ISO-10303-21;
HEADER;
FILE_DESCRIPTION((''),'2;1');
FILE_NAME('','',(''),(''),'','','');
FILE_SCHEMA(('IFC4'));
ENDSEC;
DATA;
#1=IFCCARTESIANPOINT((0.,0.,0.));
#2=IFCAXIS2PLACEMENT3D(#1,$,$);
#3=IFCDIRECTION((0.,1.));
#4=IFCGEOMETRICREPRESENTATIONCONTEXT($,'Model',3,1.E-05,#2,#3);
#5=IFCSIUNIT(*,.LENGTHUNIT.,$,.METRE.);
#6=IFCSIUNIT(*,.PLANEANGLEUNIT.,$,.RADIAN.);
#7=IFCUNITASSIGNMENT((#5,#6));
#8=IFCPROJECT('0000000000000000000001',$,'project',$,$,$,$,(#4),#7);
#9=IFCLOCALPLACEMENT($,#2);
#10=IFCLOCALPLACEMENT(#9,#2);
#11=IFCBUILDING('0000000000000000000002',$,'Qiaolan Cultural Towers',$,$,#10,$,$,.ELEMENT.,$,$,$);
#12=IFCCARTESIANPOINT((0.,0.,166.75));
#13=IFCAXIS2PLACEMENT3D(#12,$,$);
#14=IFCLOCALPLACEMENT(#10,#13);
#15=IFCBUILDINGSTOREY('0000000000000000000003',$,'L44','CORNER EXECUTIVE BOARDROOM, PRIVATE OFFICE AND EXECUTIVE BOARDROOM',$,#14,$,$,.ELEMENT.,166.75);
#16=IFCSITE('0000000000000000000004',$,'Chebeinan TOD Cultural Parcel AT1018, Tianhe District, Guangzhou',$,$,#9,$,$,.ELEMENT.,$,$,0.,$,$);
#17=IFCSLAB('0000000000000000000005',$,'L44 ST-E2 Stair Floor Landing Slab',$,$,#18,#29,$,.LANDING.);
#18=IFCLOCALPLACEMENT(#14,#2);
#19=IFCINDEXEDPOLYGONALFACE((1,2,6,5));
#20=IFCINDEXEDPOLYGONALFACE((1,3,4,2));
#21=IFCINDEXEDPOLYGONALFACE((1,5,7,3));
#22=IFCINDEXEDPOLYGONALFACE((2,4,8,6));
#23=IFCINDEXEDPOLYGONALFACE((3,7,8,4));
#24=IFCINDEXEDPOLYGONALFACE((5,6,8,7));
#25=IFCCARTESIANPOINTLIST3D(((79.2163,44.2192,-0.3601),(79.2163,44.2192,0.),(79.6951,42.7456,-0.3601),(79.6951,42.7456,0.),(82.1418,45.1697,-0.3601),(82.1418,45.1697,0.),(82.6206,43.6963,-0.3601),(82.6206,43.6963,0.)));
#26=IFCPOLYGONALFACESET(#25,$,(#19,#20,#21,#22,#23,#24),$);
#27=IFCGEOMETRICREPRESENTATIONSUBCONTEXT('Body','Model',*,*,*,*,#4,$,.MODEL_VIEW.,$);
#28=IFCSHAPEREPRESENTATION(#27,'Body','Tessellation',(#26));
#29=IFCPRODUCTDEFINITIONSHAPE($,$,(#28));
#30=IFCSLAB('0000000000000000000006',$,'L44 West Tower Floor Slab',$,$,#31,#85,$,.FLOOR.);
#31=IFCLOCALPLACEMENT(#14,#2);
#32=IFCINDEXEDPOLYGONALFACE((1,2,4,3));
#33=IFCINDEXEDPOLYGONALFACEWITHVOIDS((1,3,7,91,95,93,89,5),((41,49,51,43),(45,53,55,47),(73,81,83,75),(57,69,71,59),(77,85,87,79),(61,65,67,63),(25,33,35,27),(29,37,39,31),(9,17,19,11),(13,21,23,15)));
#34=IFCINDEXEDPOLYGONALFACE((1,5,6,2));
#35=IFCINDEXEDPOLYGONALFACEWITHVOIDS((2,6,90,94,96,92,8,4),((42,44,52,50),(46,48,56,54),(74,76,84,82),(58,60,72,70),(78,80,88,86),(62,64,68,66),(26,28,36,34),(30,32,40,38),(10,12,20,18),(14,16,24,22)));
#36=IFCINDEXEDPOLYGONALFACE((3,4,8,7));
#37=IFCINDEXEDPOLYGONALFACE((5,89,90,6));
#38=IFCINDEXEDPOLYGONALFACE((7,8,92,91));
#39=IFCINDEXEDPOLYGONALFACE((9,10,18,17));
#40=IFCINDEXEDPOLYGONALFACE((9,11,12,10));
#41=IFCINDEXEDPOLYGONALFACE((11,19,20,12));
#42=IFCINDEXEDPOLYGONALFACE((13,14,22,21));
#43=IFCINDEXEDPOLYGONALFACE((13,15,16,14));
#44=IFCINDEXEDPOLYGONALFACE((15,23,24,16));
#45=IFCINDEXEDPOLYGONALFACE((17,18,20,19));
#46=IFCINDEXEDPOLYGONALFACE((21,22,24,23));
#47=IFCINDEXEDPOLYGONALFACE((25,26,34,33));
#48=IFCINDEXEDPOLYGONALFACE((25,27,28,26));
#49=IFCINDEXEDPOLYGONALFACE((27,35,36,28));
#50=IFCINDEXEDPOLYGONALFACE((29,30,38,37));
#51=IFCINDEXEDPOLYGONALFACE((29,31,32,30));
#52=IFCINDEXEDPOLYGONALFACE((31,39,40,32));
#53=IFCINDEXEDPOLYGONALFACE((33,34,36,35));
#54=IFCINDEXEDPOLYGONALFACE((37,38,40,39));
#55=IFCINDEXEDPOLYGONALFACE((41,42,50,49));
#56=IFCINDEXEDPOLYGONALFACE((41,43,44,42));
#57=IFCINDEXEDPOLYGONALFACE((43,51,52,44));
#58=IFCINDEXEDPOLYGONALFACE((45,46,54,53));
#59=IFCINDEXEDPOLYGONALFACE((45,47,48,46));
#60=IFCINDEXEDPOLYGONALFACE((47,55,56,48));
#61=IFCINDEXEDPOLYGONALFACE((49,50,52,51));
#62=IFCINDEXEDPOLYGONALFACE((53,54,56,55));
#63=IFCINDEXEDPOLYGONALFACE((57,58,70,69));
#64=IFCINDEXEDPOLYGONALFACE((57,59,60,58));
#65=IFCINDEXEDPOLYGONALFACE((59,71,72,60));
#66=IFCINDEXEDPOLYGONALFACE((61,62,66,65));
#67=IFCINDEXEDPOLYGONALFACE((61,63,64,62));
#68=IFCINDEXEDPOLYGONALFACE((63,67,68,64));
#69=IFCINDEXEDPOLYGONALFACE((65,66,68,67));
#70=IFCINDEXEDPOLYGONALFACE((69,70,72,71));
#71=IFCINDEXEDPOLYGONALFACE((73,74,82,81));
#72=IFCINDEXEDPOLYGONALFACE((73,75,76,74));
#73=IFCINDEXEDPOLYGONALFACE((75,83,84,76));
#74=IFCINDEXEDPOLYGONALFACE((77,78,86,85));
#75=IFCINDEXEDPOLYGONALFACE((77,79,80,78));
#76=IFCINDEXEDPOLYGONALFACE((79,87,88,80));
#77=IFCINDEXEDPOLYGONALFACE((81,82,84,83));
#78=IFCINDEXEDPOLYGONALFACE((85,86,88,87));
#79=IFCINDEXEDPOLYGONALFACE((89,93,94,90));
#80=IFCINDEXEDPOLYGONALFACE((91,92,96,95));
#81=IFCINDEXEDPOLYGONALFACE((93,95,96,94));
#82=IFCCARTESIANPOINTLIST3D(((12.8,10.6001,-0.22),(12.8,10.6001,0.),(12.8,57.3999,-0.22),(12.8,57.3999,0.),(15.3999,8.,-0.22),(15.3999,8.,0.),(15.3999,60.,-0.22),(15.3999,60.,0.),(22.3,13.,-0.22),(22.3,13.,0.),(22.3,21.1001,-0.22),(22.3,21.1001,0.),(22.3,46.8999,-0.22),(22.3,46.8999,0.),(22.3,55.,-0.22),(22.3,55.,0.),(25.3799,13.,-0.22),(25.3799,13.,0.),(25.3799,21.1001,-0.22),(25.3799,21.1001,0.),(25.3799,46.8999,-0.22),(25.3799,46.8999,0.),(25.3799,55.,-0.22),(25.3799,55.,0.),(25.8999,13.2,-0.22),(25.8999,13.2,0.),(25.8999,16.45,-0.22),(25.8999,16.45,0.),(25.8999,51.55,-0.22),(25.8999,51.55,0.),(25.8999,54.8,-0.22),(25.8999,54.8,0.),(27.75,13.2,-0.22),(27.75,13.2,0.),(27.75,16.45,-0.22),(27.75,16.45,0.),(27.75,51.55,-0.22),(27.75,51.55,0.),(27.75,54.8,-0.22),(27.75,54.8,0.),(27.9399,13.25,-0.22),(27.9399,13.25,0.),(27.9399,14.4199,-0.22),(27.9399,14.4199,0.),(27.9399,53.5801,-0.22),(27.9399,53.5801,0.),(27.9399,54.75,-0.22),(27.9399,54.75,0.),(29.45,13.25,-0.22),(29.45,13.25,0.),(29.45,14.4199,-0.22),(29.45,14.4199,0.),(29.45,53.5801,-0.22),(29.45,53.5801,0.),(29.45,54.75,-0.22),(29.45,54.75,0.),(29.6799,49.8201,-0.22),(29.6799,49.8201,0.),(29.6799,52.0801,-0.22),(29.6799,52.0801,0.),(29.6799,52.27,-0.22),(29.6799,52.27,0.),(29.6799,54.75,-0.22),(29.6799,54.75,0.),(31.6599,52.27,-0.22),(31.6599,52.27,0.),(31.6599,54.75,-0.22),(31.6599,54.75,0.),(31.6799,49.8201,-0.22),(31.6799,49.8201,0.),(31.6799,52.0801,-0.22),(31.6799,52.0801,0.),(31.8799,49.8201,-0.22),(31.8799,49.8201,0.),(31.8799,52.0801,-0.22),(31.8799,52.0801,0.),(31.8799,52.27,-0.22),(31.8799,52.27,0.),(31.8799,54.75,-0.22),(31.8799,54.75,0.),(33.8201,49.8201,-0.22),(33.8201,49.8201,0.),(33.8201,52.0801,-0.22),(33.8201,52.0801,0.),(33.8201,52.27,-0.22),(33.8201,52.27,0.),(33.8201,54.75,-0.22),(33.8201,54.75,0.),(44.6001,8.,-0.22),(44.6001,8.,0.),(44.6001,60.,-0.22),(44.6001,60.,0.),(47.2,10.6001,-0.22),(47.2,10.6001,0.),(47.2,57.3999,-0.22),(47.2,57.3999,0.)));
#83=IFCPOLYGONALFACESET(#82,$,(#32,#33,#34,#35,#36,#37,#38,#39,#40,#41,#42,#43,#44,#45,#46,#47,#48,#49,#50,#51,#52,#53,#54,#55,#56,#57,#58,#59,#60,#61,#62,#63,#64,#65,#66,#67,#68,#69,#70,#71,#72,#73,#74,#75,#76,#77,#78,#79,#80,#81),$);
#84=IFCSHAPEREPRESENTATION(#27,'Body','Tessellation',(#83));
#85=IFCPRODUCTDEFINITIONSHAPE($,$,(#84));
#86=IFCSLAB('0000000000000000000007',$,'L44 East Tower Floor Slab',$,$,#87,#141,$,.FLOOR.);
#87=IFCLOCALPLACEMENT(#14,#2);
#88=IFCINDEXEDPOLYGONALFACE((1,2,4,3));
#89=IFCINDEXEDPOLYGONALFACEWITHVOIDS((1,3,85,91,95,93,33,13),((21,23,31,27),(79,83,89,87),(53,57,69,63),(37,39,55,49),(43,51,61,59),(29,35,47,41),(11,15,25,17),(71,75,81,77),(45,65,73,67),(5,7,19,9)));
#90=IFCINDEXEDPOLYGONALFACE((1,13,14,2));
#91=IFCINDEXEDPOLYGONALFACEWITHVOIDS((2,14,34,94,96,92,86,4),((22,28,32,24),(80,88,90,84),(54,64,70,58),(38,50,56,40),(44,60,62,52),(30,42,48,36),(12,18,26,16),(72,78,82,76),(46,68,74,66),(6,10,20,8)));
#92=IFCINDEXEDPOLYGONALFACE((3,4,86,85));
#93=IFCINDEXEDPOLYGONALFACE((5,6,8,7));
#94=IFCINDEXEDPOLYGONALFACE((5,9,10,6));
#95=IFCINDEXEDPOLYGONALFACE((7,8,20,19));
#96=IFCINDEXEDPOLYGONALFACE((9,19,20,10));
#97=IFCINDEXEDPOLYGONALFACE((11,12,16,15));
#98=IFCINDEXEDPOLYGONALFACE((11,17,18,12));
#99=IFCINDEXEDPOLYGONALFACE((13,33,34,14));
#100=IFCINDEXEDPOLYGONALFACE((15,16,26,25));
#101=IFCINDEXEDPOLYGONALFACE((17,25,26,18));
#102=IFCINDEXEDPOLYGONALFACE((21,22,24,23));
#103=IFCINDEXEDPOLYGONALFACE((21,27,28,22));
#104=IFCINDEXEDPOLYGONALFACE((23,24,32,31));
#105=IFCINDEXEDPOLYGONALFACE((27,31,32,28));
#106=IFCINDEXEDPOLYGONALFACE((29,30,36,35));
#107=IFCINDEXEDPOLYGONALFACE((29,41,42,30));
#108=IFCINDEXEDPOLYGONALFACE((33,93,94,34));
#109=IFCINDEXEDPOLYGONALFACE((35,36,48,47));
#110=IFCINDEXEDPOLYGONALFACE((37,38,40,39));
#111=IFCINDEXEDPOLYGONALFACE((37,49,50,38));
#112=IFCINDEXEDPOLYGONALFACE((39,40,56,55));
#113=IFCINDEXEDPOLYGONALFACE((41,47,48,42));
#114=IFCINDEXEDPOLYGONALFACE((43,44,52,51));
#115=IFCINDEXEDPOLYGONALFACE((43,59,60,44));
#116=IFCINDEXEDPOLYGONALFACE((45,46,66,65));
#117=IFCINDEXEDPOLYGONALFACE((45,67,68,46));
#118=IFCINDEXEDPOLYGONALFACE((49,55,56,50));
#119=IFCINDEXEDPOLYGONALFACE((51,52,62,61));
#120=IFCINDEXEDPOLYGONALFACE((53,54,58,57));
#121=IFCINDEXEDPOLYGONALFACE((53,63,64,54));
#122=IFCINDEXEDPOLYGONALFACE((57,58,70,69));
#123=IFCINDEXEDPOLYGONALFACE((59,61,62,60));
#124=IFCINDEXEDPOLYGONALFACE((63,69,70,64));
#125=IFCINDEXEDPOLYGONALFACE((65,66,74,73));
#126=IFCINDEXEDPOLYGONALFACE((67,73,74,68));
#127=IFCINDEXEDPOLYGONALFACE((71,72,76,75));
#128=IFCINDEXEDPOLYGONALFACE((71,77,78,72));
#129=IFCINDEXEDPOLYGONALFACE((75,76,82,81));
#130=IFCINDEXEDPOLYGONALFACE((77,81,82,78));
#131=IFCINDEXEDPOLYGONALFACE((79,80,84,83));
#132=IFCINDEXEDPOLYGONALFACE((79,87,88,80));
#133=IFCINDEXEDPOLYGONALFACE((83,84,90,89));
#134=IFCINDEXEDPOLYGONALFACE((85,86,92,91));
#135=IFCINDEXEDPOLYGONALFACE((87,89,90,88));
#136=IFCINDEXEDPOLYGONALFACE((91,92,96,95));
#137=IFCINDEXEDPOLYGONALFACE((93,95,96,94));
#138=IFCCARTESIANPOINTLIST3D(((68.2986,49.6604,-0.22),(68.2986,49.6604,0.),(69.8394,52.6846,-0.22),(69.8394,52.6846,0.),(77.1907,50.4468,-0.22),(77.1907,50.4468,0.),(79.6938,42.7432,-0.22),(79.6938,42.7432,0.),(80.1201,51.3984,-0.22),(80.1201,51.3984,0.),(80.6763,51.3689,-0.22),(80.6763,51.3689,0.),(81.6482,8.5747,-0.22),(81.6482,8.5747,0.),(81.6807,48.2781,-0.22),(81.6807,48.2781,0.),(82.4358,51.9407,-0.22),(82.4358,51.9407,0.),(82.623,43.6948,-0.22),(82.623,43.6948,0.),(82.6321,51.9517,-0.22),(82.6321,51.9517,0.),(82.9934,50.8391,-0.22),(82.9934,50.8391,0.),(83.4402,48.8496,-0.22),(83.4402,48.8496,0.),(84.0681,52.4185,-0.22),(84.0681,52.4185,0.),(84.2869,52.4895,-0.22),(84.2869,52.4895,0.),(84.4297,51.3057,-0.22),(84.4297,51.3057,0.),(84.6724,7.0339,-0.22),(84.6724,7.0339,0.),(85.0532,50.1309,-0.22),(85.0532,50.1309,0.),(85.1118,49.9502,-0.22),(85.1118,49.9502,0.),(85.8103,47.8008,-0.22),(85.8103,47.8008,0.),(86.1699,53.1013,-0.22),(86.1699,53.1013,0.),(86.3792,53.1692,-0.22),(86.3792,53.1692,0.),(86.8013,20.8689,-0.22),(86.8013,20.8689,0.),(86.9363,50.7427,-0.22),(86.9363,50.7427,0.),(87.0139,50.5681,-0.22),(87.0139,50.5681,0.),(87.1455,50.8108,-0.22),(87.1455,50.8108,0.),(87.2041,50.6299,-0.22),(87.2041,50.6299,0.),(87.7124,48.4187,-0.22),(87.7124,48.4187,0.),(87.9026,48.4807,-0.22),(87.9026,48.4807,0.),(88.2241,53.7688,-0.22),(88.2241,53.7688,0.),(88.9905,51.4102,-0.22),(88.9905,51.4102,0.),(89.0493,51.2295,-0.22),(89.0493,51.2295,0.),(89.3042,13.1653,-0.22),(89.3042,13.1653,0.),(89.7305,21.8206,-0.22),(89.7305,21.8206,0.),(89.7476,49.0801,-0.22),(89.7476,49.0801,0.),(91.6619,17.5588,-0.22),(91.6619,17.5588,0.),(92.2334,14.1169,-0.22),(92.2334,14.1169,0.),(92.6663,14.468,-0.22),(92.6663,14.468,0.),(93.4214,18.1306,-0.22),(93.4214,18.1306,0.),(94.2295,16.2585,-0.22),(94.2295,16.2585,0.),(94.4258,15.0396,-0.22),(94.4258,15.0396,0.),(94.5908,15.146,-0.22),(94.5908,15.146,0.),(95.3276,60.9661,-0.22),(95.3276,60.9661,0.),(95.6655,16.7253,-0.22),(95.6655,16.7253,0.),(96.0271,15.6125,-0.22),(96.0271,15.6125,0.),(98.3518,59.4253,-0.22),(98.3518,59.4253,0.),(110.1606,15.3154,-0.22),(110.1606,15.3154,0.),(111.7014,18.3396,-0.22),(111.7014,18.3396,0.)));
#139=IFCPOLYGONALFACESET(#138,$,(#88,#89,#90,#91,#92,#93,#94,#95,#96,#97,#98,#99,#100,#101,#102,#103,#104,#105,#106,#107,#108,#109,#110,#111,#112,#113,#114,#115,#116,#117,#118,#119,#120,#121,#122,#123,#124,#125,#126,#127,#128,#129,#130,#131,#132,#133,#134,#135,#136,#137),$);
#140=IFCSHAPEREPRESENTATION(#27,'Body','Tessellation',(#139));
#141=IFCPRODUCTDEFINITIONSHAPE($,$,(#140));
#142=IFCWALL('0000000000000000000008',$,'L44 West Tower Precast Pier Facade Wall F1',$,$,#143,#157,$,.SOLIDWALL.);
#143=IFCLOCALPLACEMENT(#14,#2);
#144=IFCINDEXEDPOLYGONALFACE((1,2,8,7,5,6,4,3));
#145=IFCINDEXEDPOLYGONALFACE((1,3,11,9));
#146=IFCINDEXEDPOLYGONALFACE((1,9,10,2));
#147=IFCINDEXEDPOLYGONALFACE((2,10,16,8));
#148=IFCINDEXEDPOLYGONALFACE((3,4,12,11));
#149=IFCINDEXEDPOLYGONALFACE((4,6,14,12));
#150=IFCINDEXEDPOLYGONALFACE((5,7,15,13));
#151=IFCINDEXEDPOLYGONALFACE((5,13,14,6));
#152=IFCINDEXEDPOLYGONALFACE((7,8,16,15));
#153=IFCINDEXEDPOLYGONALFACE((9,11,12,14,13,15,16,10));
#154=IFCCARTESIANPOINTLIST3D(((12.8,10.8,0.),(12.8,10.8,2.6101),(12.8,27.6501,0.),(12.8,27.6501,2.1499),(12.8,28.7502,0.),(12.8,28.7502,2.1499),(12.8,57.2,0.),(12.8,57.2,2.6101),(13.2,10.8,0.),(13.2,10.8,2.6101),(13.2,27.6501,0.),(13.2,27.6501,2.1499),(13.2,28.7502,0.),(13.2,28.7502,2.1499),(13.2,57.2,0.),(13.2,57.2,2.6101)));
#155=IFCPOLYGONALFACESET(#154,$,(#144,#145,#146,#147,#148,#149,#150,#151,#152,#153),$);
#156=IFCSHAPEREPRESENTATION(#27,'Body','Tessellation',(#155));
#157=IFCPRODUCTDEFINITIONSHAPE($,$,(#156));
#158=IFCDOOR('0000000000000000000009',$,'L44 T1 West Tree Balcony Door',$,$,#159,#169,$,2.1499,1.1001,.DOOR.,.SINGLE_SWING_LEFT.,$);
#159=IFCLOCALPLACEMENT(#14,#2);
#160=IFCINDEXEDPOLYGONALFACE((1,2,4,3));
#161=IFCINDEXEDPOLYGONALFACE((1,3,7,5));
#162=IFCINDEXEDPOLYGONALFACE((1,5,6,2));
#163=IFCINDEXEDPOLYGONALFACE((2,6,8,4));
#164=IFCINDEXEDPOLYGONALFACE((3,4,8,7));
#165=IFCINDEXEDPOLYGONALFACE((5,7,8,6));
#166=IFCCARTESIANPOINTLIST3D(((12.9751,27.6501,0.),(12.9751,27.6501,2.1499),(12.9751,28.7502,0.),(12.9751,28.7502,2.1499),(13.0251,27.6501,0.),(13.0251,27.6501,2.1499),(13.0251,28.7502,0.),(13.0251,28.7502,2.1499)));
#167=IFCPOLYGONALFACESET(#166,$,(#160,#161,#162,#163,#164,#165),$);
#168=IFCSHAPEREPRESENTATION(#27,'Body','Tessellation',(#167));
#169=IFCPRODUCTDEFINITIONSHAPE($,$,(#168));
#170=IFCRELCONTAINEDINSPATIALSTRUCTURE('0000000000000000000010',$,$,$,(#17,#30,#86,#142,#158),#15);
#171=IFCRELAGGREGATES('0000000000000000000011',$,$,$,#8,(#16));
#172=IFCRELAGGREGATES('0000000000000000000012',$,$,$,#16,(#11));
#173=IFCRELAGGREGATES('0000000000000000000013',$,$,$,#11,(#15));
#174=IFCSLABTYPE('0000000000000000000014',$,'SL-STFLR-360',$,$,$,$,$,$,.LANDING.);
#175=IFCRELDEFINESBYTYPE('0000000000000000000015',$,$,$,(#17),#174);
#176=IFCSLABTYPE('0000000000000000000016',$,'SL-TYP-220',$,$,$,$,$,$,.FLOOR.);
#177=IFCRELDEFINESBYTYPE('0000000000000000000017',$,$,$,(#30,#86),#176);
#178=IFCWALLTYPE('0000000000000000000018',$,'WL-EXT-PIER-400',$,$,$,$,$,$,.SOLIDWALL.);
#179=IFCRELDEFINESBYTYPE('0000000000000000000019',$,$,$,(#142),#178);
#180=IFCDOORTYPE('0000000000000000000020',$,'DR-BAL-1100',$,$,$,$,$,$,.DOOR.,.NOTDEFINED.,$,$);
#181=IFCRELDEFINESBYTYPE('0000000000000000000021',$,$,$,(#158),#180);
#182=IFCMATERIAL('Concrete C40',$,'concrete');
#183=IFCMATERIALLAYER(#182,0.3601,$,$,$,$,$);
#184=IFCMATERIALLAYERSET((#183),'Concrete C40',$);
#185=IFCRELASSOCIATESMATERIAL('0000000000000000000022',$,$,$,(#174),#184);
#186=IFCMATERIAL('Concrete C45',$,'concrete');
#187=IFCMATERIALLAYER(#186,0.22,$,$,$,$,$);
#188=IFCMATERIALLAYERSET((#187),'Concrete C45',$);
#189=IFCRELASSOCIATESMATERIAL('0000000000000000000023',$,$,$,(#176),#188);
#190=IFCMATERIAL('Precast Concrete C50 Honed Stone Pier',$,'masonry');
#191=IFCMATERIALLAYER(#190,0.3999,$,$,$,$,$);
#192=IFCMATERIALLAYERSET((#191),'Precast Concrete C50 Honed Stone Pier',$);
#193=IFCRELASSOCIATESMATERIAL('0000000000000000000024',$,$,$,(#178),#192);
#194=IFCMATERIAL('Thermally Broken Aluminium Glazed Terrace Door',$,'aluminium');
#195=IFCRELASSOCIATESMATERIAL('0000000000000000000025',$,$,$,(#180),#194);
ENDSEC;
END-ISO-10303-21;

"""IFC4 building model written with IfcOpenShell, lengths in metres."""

from ifc_helpers import new_model, si_unit, direction, frame, frame_2d, origin, place, context, subcontext, project, spatial, polyline, rectangle, outline, extrude, material, layer, layer_set, type_object, element, fill, save


model = new_model("IFC4")

# Units and contexts
model_context = context("Model", 3, precision=1e-05, world=origin(), true_north=direction((0.0, 1.0)))
body_context = subcontext(model_context, "Body", "Model", "MODEL_VIEW")
ifc_project = project(units=[si_unit("LENGTHUNIT", "METRE"), si_unit("PLANEANGLEUNIT", "RADIAN")], contexts=[model_context])

# Site, building, storey
site_placement = place(None, origin())
site = spatial("IfcSite", under=ifc_project, at=site_placement, Name="Chebeinan TOD Cultural Parcel AT1018, Tianhe District, Guangzhou", CompositionType="ELEMENT", RefElevation=0.0)
building_placement = place(site_placement, origin())
building = spatial("IfcBuilding", under=site, at=building_placement, Name="Qiaolan Cultural Towers", CompositionType="ELEMENT")
storey_placement = place(building_placement, frame((0.0, 0.0, 166.75)))
storey = spatial("IfcBuildingStorey", under=building, at=storey_placement, Name="L44", Description="CORNER EXECUTIVE BOARDROOM, PRIVATE OFFICE AND EXECUTIVE BOARDROOM", CompositionType="ELEMENT", Elevation=166.75)

# Slabs
ifc_material_1 = material(Name="Concrete C40", Category="concrete")
ifc_layer_1 = layer(ifc_material_1, 0.3601)
ifc_layer_set_1 = layer_set([ifc_layer_1], Name="Concrete C40")
slab_type_1 = type_object("IfcSlabType", Name="SL-STFLR-360", PredefinedType="LANDING", material=ifc_layer_set_1)
slab_1_placement = place(storey_placement, frame((0.0, 0.0, -0.3601)))
element("IfcSlab", 1, at=slab_1_placement, inside=storey, type_object=slab_type_1, Name="L44 ST-E2 Stair Floor Landing Slab", PredefinedType="LANDING", context=body_context, shape_type="SweptSolid", body=[
    extrude(outline(polyline([(82.6206, 43.6963), (82.1418, 45.1697), (79.2163, 44.2192), (79.6951, 42.7456), (82.6206, 43.6963)])), origin(), (0.0, 0.0, 1.0), 0.3601),
])
ifc_material_2 = material(Name="Concrete C45", Category="concrete")
ifc_layer_2 = layer(ifc_material_2, 0.22)
ifc_layer_set_2 = layer_set([ifc_layer_2], Name="Concrete C45")
slab_type_2 = type_object("IfcSlabType", Name="SL-TYP-220", PredefinedType="FLOOR", material=ifc_layer_set_2)
slab_2_placement = place(storey_placement, frame((0.0, 0.0, -0.22)))
element("IfcSlab", 2, at=slab_2_placement, inside=storey, type_object=slab_type_2, Name="L44 West Tower Floor Slab", PredefinedType="FLOOR", context=body_context, shape_type="SweptSolid", body=[
    extrude(outline(polyline([(15.3999, 8.0), (44.6001, 8.0), (47.2, 10.6001), (47.2, 57.3999), (44.6001, 60.0), (15.3999, 60.0), (12.8, 57.3999), (12.8, 10.6001), (15.3999, 8.0)]), holes=[polyline([(22.3, 21.1001), (22.3, 13.0), (25.3799, 13.0), (25.3799, 21.1001), (22.3, 21.1001)]), polyline([(25.3799, 46.8999), (25.3799, 55.0), (22.3, 55.0), (22.3, 46.8999), (25.3799, 46.8999)]), polyline([(25.8999, 13.2), (27.75, 13.2), (27.75, 16.45), (25.8999, 16.45), (25.8999, 13.2)]), polyline([(27.9399, 13.25), (29.45, 13.25), (29.45, 14.4199), (27.9399, 14.4199), (27.9399, 13.25)]), polyline([(25.8999, 51.55), (27.75, 51.55), (27.75, 54.8), (25.8999, 54.8), (25.8999, 51.55)]), polyline([(27.9399, 53.5801), (29.45, 53.5801), (29.45, 54.75), (27.9399, 54.75), (27.9399, 53.5801)]), polyline([(29.6799, 49.8201), (31.6799, 49.8201), (31.6799, 52.0801), (29.6799, 52.0801), (29.6799, 49.8201)]), polyline([(31.8799, 49.8201), (33.8201, 49.8201), (33.8201, 52.0801), (31.8799, 52.0801), (31.8799, 49.8201)]), polyline([(29.6799, 52.27), (31.6599, 52.27), (31.6599, 54.75), (29.6799, 54.75), (29.6799, 52.27)]), polyline([(31.8799, 52.27), (33.8201, 52.27), (33.8201, 54.75), (31.8799, 54.75), (31.8799, 52.27)])]), origin(), (0.0, 0.0, 1.0), 0.22),
])
slab_3_placement = place(storey_placement, frame((0.0, 0.0, -0.22)))
element("IfcSlab", 3, at=slab_3_placement, inside=storey, type_object=slab_type_2, Name="L44 East Tower Floor Slab", PredefinedType="FLOOR", context=body_context, shape_type="SweptSolid", body=[
    extrude(outline(polyline([(84.6724, 7.0339), (110.1606, 15.3154), (111.7014, 18.3396), (98.3518, 59.4253), (95.3276, 60.9661), (69.8394, 52.6846), (68.2986, 49.6604), (81.6482, 8.5747), (84.6724, 7.0339)]), holes=[polyline([(86.8013, 20.8689), (89.3042, 13.1653), (92.2334, 14.1169), (89.7305, 21.8206), (86.8013, 20.8689)]), polyline([(82.623, 43.6948), (80.1201, 51.3984), (77.1907, 50.4468), (79.6938, 42.7432), (82.623, 43.6948)]), polyline([(92.6663, 14.468), (94.4258, 15.0396), (93.4214, 18.1306), (91.6619, 17.5588), (92.6663, 14.468)]), polyline([(94.5908, 15.146), (96.0271, 15.6125), (95.6655, 16.7253), (94.2295, 16.2585), (94.5908, 15.146)]), polyline([(81.6807, 48.2781), (83.4402, 48.8496), (82.4358, 51.9407), (80.6763, 51.3689), (81.6807, 48.2781)]), polyline([(82.9934, 50.8391), (84.4297, 51.3057), (84.0681, 52.4185), (82.6321, 51.9517), (82.9934, 50.8391)]), polyline([(85.8103, 47.8008), (87.7124, 48.4187), (87.0139, 50.5681), (85.1118, 49.9502), (85.8103, 47.8008)]), polyline([(87.9026, 48.4807), (89.7476, 49.0801), (89.0493, 51.2295), (87.2041, 50.6299), (87.9026, 48.4807)]), polyline([(85.0532, 50.1309), (86.9363, 50.7427), (86.1699, 53.1013), (84.2869, 52.4895), (85.0532, 50.1309)]), polyline([(87.1455, 50.8108), (88.9905, 51.4102), (88.2241, 53.7688), (86.3792, 53.1692), (87.1455, 50.8108)])]), origin(), (0.0, 0.0, 1.0), 0.22),
])

# Wall, opening, door
ifc_material_3 = material(Name="Precast Concrete C50 Honed Stone Pier", Category="masonry")
ifc_layer_3 = layer(ifc_material_3, 0.3999)
ifc_layer_set_3 = layer_set([ifc_layer_3], Name="Precast Concrete C50 Honed Stone Pier")
wall_type_1 = type_object("IfcWallType", Name="WL-EXT-PIER-400", PredefinedType="SOLIDWALL", material=ifc_layer_set_3)
wall_1_placement = place(storey_placement, frame((13.0, 10.8, 0.0), z_axis=(0.0, 0.0, 1.0), x_axis=(0.0, 1.0, 0.0)))
wall_1 = element("IfcWall", 4, at=wall_1_placement, inside=storey, type_object=wall_type_1, Name="L44 West Tower Precast Pier Facade Wall F1", PredefinedType="SOLIDWALL", context=body_context, shape_type="SweptSolid", body=[
    extrude(rectangle(XDim=46.3999, YDim=0.3999, at=frame_2d((23.2, 0.0))), origin(), (0.0, 0.0, 1.0), 2.6101),
])
opening_placement = place(wall_1_placement, frame((16.8501, 0.0, 0.0)))
opening = element("IfcOpeningElement", 5, at=opening_placement, cuts=wall_1, PredefinedType="OPENING", context=body_context, shape_type="SweptSolid", body=[
    extrude(rectangle(XDim=1.1001, YDim=2.1499, at=frame_2d((0.55, 1.075))), frame((0.0, 0.21, 0.0), z_axis=(0.0, -1.0, 0.0), x_axis=(1.0, 0.0, 0.0)), (0.0, 0.0, 1.0), 0.4199),
])
ifc_material_4 = material(Name="Thermally Broken Aluminium Glazed Terrace Door", Category="aluminium")
door_type = type_object("IfcDoorType", Name="DR-BAL-1100", OperationType="NOTDEFINED", PredefinedType="DOOR", material=ifc_material_4)
door_placement = place(opening_placement, origin())
door = element("IfcDoor", 6, at=door_placement, inside=storey, type_object=door_type, Name="L44 T1 West Tree Balcony Door", OperationType="SINGLE_SWING_LEFT", OverallHeight=2.1499, OverallWidth=1.1001, PredefinedType="DOOR", context=body_context, shape_type="SweptSolid", body=[
    extrude(rectangle(XDim=1.1001, YDim=2.1499, at=frame_2d((0.55, 1.075))), frame((0.0, 0.0249, 0.0), z_axis=(0.0, -1.0, 0.0), x_axis=(1.0, 0.0, 0.0)), (0.0, 0.0, 1.0), 0.05),
])
fill(opening, door)

save(model, "model.ifc")
